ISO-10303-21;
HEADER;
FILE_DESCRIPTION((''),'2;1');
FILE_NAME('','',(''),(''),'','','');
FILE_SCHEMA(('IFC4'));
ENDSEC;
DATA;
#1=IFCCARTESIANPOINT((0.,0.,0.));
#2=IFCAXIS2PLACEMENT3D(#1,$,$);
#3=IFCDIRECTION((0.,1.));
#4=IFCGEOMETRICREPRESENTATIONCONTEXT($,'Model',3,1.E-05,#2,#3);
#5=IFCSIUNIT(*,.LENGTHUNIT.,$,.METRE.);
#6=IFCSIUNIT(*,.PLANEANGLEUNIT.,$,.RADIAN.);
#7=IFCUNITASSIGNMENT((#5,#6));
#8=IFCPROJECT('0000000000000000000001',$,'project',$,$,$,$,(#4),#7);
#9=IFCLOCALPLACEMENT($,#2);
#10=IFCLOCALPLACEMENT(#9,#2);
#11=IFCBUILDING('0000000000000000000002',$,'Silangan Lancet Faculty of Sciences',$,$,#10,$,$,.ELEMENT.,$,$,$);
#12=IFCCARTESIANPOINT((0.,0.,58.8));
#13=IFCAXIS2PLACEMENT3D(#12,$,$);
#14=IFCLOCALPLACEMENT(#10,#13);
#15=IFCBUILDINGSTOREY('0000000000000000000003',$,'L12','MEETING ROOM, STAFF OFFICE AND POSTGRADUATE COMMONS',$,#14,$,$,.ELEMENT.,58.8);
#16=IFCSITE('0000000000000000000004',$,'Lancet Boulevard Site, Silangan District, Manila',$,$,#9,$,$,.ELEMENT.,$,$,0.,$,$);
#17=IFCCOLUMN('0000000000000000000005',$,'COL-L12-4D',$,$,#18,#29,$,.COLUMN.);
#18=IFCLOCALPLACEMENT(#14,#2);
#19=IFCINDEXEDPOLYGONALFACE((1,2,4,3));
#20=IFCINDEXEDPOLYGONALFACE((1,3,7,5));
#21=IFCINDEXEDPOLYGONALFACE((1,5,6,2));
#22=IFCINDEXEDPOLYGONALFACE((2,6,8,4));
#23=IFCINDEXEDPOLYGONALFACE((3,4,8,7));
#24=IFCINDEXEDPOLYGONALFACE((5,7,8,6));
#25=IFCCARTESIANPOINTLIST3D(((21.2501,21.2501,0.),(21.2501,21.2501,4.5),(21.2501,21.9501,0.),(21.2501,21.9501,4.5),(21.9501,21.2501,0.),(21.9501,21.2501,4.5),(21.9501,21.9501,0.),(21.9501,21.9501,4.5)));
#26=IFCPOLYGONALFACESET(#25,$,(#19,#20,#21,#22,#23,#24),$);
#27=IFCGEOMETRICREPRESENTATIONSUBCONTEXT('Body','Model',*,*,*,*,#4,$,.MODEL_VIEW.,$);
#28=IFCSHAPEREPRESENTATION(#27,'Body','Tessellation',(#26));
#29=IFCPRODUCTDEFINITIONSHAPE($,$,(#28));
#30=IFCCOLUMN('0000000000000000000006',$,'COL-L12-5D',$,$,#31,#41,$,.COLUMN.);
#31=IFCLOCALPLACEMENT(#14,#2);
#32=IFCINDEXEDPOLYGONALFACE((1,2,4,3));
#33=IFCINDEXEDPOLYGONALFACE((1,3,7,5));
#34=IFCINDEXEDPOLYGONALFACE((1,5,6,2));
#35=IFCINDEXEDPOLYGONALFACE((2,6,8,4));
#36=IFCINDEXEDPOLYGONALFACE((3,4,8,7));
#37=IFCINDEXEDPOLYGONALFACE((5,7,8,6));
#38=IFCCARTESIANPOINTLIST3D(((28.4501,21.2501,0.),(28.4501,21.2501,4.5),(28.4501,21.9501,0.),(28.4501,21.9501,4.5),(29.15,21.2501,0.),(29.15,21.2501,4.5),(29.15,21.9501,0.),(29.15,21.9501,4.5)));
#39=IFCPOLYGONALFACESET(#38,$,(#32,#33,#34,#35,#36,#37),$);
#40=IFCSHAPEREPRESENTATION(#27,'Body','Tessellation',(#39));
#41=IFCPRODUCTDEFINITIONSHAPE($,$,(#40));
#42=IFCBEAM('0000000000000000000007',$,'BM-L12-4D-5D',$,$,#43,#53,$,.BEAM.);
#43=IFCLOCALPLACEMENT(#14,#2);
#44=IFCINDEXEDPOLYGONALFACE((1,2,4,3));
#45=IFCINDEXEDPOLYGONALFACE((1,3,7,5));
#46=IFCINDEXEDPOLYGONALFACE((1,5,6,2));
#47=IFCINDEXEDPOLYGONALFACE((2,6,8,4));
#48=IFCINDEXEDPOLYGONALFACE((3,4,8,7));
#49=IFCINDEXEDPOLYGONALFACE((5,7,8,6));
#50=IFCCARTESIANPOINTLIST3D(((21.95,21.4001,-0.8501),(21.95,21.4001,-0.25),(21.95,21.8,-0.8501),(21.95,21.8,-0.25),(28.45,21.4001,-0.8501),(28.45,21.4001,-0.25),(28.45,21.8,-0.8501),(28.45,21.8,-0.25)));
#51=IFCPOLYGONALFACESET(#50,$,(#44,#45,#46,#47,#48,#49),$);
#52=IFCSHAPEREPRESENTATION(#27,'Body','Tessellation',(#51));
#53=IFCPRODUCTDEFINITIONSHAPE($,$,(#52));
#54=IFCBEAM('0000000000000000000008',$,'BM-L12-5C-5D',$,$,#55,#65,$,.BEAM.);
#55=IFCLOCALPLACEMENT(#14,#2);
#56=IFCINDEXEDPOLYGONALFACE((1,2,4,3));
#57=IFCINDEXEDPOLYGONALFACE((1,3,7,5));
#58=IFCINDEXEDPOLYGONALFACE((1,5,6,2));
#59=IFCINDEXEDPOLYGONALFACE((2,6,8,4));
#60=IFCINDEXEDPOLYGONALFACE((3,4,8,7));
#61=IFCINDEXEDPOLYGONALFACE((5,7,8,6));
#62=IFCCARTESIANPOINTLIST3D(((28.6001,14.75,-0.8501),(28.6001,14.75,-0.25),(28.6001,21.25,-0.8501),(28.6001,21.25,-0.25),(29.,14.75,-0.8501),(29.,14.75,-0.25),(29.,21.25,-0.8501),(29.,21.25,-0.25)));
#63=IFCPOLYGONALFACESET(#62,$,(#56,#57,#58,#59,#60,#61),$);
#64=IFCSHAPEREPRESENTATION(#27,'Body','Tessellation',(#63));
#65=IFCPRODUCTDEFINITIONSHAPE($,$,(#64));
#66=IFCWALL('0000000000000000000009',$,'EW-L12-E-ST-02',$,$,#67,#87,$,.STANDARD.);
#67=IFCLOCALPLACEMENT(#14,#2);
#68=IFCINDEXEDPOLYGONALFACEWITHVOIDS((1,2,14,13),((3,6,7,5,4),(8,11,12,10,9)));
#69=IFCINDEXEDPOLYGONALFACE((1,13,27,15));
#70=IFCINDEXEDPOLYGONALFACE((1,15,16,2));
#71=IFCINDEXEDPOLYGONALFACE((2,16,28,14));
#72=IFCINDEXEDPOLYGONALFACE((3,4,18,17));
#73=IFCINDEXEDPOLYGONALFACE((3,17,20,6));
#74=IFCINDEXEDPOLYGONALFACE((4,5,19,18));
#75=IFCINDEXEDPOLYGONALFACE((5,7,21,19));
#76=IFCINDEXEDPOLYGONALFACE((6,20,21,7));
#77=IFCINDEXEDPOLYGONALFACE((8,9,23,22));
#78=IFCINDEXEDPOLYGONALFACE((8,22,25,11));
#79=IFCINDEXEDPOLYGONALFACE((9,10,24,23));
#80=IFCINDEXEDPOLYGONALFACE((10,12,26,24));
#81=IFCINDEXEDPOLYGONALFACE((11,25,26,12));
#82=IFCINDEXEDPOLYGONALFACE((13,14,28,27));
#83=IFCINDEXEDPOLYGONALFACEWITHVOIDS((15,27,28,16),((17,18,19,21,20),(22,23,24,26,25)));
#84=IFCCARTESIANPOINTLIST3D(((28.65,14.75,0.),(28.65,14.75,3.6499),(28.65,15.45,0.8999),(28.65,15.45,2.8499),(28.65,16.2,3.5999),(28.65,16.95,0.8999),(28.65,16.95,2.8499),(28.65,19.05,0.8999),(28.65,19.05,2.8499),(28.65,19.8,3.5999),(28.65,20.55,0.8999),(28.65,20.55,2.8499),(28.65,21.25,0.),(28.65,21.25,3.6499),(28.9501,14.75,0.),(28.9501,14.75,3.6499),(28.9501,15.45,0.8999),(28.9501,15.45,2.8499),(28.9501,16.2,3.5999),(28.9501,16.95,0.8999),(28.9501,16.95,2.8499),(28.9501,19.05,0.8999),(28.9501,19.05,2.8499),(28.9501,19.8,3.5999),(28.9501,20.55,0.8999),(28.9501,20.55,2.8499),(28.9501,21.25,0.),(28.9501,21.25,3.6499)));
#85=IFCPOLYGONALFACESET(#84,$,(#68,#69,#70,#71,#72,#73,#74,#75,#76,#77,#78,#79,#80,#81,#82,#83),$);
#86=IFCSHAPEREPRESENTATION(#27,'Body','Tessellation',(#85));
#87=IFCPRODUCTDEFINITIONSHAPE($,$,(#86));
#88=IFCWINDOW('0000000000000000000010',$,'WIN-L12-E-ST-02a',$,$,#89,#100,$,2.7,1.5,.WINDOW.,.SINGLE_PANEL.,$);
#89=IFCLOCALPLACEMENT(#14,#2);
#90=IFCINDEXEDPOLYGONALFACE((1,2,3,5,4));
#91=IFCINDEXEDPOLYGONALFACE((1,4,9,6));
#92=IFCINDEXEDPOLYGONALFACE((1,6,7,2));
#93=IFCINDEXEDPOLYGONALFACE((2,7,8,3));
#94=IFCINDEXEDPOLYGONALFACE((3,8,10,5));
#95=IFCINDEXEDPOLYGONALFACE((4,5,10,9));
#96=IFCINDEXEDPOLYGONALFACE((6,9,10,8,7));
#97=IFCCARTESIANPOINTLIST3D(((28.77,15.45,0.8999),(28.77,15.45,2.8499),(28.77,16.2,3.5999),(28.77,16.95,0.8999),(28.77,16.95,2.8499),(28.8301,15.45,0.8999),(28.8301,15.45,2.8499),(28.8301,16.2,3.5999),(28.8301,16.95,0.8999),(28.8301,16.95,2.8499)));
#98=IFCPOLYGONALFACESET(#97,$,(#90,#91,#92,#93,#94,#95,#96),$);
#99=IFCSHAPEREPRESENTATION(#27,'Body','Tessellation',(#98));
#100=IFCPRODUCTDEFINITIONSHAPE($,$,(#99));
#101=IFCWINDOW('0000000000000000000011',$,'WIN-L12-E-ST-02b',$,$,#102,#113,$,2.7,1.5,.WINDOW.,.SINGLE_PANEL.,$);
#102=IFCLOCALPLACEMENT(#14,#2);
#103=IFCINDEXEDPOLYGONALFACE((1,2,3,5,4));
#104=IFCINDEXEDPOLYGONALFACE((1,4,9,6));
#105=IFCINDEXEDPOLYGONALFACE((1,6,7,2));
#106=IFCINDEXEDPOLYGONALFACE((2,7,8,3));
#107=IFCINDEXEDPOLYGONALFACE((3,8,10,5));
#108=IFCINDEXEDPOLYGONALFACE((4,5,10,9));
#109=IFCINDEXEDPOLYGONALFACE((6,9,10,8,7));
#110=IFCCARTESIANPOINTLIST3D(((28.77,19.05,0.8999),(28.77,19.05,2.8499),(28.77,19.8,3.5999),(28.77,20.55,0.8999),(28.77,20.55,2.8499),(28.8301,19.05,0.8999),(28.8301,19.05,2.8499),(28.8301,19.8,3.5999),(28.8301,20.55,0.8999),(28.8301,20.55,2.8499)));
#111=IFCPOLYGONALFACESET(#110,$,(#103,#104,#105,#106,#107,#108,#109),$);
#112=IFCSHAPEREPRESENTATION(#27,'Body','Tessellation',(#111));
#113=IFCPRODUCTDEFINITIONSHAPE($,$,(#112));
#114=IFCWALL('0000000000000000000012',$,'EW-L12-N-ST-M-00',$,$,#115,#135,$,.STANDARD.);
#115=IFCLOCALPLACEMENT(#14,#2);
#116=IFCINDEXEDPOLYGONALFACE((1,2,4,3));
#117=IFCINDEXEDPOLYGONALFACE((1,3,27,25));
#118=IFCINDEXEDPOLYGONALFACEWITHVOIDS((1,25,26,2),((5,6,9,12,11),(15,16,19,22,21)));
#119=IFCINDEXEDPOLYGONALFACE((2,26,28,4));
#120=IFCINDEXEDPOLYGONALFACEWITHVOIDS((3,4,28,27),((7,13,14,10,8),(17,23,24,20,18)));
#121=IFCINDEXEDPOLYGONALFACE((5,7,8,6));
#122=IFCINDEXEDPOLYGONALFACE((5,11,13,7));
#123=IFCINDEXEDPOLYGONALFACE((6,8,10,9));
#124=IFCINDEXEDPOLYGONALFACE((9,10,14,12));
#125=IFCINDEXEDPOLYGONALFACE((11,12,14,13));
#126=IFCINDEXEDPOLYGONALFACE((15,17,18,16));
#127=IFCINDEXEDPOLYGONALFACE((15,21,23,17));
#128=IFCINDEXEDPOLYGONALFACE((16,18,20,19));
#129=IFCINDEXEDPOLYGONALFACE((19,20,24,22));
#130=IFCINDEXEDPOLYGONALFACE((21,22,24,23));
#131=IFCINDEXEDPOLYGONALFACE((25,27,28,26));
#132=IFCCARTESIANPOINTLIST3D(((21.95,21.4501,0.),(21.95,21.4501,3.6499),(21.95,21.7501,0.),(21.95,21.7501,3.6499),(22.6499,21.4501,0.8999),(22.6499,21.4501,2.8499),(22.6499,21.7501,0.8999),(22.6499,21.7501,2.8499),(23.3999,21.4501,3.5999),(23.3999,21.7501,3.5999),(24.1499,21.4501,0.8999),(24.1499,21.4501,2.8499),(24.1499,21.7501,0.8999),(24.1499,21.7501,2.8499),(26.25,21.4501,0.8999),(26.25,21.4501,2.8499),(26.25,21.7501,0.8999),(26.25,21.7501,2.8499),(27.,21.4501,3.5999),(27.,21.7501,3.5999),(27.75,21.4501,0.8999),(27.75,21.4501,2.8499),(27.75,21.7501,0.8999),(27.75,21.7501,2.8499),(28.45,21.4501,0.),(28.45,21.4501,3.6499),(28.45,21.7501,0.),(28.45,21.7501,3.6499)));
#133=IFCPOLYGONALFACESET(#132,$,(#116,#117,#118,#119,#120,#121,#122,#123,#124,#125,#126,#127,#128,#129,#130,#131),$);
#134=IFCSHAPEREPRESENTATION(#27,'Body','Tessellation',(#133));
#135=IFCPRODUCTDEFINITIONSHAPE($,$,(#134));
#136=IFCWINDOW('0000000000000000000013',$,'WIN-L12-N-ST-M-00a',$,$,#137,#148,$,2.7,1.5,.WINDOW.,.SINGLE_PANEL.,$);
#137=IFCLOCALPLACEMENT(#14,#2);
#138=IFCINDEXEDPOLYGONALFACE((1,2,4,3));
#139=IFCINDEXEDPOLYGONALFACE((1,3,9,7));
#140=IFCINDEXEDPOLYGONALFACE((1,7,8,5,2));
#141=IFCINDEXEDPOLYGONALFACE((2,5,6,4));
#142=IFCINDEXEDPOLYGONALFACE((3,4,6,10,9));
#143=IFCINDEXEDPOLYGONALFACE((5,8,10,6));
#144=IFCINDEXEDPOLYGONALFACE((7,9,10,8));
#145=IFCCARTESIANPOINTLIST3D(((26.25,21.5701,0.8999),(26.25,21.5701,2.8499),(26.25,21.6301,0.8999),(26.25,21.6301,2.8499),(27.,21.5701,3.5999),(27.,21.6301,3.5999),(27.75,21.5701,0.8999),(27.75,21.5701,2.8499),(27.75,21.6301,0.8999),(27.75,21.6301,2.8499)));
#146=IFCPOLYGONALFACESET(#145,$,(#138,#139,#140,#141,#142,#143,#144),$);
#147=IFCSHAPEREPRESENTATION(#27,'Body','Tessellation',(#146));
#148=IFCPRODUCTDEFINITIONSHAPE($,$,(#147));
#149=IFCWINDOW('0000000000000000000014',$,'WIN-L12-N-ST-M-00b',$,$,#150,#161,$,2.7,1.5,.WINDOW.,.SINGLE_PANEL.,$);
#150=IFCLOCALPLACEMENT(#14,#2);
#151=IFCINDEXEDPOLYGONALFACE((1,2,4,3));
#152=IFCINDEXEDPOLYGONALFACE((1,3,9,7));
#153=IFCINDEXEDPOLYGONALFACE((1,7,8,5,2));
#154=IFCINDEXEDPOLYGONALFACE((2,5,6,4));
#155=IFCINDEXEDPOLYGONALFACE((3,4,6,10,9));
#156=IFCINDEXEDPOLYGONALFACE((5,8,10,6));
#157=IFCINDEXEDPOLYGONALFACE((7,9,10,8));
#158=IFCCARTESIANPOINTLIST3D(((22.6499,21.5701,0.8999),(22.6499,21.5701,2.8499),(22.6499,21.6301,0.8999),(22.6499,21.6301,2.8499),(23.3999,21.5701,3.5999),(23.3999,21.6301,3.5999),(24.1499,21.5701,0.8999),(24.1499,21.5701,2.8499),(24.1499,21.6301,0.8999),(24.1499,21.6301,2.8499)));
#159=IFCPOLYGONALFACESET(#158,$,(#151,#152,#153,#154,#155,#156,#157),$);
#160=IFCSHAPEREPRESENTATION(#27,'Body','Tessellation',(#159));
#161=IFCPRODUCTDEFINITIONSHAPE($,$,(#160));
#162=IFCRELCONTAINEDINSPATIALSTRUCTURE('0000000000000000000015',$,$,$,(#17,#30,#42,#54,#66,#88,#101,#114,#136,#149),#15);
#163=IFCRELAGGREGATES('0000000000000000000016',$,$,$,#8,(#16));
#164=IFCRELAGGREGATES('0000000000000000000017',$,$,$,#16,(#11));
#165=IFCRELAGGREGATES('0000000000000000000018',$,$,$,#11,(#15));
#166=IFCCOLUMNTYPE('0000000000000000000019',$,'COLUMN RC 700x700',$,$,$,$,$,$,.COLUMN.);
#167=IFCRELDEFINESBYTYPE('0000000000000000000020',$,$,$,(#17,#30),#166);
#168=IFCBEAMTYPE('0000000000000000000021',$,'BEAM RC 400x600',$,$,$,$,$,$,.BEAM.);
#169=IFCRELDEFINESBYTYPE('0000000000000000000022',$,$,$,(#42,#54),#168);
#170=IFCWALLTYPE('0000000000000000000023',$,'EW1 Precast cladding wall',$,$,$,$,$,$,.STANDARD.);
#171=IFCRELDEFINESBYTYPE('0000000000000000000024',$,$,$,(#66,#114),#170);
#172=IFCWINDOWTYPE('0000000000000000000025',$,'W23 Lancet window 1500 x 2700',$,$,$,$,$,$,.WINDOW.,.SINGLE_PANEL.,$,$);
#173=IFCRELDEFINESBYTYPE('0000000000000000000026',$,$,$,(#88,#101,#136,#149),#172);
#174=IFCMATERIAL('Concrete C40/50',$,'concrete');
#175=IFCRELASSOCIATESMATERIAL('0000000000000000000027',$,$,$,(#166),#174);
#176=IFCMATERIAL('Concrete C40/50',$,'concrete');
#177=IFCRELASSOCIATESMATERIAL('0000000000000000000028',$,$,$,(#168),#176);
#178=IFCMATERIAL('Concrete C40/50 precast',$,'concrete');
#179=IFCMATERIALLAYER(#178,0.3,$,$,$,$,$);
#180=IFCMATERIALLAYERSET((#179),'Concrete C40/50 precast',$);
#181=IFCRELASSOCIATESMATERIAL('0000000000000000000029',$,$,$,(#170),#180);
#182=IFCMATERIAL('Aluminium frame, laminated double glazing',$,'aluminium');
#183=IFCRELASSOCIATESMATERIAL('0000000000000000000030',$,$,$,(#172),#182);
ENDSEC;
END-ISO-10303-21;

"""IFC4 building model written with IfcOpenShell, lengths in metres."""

from ifc_helpers import new_model, si_unit, direction, frame, frame_2d, origin, origin_2d, place, context, subcontext, project, spatial, polyline, rectangle, outline, extrude, material, layer, layer_set, material_profile, profile_set, type_object, element, fill, save


model = new_model("IFC4")

# Units and contexts
model_context = context("Model", 3, precision=1e-05, world=origin(), true_north=direction((0.0, 1.0)))
body_context = subcontext(model_context, "Body", "Model", "MODEL_VIEW")
ifc_project = project(units=[si_unit("LENGTHUNIT", "METRE"), si_unit("PLANEANGLEUNIT", "RADIAN")], contexts=[model_context])

# Site, building, storey
site_placement = place(None, origin())
site = spatial("IfcSite", under=ifc_project, at=site_placement, Name="Lancet Boulevard Site, Silangan District, Manila", CompositionType="ELEMENT", RefElevation=0.0)
building_placement = place(site_placement, origin())
building = spatial("IfcBuilding", under=site, at=building_placement, Name="Silangan Lancet Faculty of Sciences", CompositionType="ELEMENT")
storey_placement = place(building_placement, frame((0.0, 0.0, 58.8)))
storey = spatial("IfcBuildingStorey", under=building, at=storey_placement, Name="L12", Description="MEETING ROOM, STAFF OFFICE AND POSTGRADUATE COMMONS", CompositionType="ELEMENT", Elevation=58.8)

# Columns
ifc_material_1 = material(Name="Concrete C40/50", Category="concrete")
ifc_material_profile_1 = material_profile(ifc_material_1, rectangle(XDim=0.7, YDim=0.7, at=origin_2d()), Name="RC 700x700")
ifc_profile_set_1 = profile_set([ifc_material_profile_1], Name="Concrete C40/50")
column_type = type_object("IfcColumnType", Name="COLUMN RC 700x700", PredefinedType="COLUMN", material=ifc_profile_set_1)
for number, where, z_axis, x_axis, name in (
    (1, (21.6001, 21.6001, 0.0), (0.0, 0.0, 1.0), (1.0, 0.0, 0.0), "COL-L12-4D"),
    (2, (28.8, 21.6001, 0.0), (0.0, 0.0, 1.0), (1.0, 0.0, 0.0), "COL-L12-5D"),
):
    element("IfcColumn", number, at=place(storey_placement, frame(where, z_axis=z_axis, x_axis=x_axis)), inside=storey, type_object=column_type, Name=name, PredefinedType="COLUMN", context=body_context, shape_type="SweptSolid", body=[
        extrude(rectangle(XDim=0.7, YDim=0.7, at=origin_2d()), origin(), (0.0, 0.0, 1.0), 4.5),
    ])

# Beams
ifc_material_2 = material(Name="Concrete C40/50", Category="concrete")
ifc_material_profile_2 = material_profile(ifc_material_2, rectangle(XDim=0.3999, YDim=0.6001, at=origin_2d()), Name="RC 400x600")
ifc_profile_set_2 = profile_set([ifc_material_profile_2], Name="Concrete C40/50")
beam_type = type_object("IfcBeamType", Name="BEAM RC 400x600", PredefinedType="BEAM", material=ifc_profile_set_2)
for number, where, z_axis, x_axis, name in (
    (3, (21.95, 21.6001, -0.55), (1.0, 0.0, 0.0), (0.0, 1.0, 0.0), "BM-L12-4D-5D"),
    (4, (28.8, 14.75, -0.55), (0.0, 1.0, 0.0), (-1.0, 0.0, 0.0), "BM-L12-5C-5D"),
):
    element("IfcBeam", number, at=place(storey_placement, frame(where, z_axis=z_axis, x_axis=x_axis)), inside=storey, type_object=beam_type, Name=name, PredefinedType="BEAM", context=body_context, shape_type="SweptSolid", body=[
        extrude(rectangle(XDim=0.3999, YDim=0.6001, at=origin_2d()), origin(), (0.0, 0.0, 1.0), 6.5),
    ])

# Walls, openings, windows
ifc_material_3 = material(Name="Concrete C40/50 precast", Category="concrete")
ifc_layer_1 = layer(ifc_material_3, 0.3)
ifc_layer_set_1 = layer_set([ifc_layer_1], Name="Concrete C40/50 precast")
wall_type_1 = type_object("IfcWallType", Name="EW1 Precast cladding wall", PredefinedType="STANDARD", material=ifc_layer_set_1)
wall_1_placement = place(storey_placement, frame((28.8, 14.75, 0.0), z_axis=(0.0, 0.0, 1.0), x_axis=(0.0, 1.0, 0.0)))
wall_1 = element("IfcWall", 5, at=wall_1_placement, inside=storey, type_object=wall_type_1, Name="EW-L12-E-ST-02", PredefinedType="STANDARD", context=body_context, shape_type="SweptSolid", body=[
    extrude(rectangle(XDim=6.5, YDim=0.3, at=frame_2d((3.25, 0.0))), origin(), (0.0, 0.0, 1.0), 3.6499),
])
opening_1_placement = place(wall_1_placement, frame((0.7, 0.0, 0.8999)))
opening_1 = element("IfcOpeningElement", 6, at=opening_1_placement, cuts=wall_1, PredefinedType="OPENING", context=body_context, shape_type="SweptSolid", body=[
    extrude(outline(polyline([(0.0, 0.0), (1.5, 0.0), (1.5, 1.95), (0.75, 2.7), (0.0, 1.95), (0.0, 0.0)])), frame((0.0, 0.1599, 0.0), z_axis=(0.0, -1.0, 0.0), x_axis=(1.0, 0.0, 0.0)), (0.0, 0.0, 1.0), 0.3201),
])
opening_2_placement = place(wall_1_placement, frame((4.3, 0.0, 0.8999)))
opening_2 = element("IfcOpeningElement", 7, at=opening_2_placement, cuts=wall_1, PredefinedType="OPENING", context=body_context, shape_type="SweptSolid", body=[
    extrude(outline(polyline([(0.0, 0.0), (1.5, 0.0), (1.5, 1.95), (0.75, 2.7), (0.0, 1.95), (0.0, 0.0)])), frame((0.0, 0.1599, 0.0), z_axis=(0.0, -1.0, 0.0), x_axis=(1.0, 0.0, 0.0)), (0.0, 0.0, 1.0), 0.3201),
])
ifc_material_4 = material(Name="Aluminium frame, laminated double glazing", Category="aluminium")
window_type = type_object("IfcWindowType", Name="W23 Lancet window 1500 x 2700", PartitioningType="SINGLE_PANEL", PredefinedType="WINDOW", material=ifc_material_4)
window_1_placement = place(opening_1_placement, origin())
window_1 = element("IfcWindow", 8, at=window_1_placement, inside=storey, type_object=window_type, Name="WIN-L12-E-ST-02a", OverallHeight=2.7, OverallWidth=1.5, PartitioningType="SINGLE_PANEL", PredefinedType="WINDOW", context=body_context, shape_type="SweptSolid", body=[
    extrude(outline(polyline([(0.0, 0.0), (1.5, 0.0), (1.5, 1.95), (0.75, 2.7), (0.0, 1.95), (0.0, 0.0)])), frame((0.0, 0.03, 0.0), z_axis=(0.0, -1.0, 0.0), x_axis=(1.0, 0.0, 0.0)), (0.0, 0.0, 1.0), 0.0601),
])
fill(opening_1, window_1)
window_2_placement = place(opening_2_placement, origin())
window_2 = element("IfcWindow", 9, at=window_2_placement, inside=storey, type_object=window_type, Name="WIN-L12-E-ST-02b", OverallHeight=2.7, OverallWidth=1.5, PartitioningType="SINGLE_PANEL", PredefinedType="WINDOW", context=body_context, shape_type="SweptSolid", body=[
    extrude(outline(polyline([(0.0, 0.0), (1.5, 0.0), (1.5, 1.95), (0.75, 2.7), (0.0, 1.95), (0.0, 0.0)])), frame((0.0, 0.03, 0.0), z_axis=(0.0, -1.0, 0.0), x_axis=(1.0, 0.0, 0.0)), (0.0, 0.0, 1.0), 0.0601),
])
fill(opening_2, window_2)
wall_2_placement = place(storey_placement, frame((28.45, 21.6001, 0.0), z_axis=(0.0, 0.0, 1.0), x_axis=(-1.0, 0.0, 0.0)))
wall_2 = element("IfcWall", 10, at=wall_2_placement, inside=storey, type_object=wall_type_1, Name="EW-L12-N-ST-M-00", PredefinedType="STANDARD", context=body_context, shape_type="SweptSolid", body=[
    extrude(rectangle(XDim=6.5, YDim=0.3, at=frame_2d((3.25, 0.0))), origin(), (0.0, 0.0, 1.0), 3.6499),
])
opening_3_placement = place(wall_2_placement, frame((0.7, 0.0, 0.8999)))
opening_3 = element("IfcOpeningElement", 11, at=opening_3_placement, cuts=wall_2, PredefinedType="OPENING", context=body_context, shape_type="SweptSolid", body=[
    extrude(outline(polyline([(0.0, 0.0), (1.5, 0.0), (1.5, 1.95), (0.75, 2.7), (0.0, 1.95), (0.0, 0.0)])), frame((0.0, 0.1599, 0.0), z_axis=(0.0, -1.0, 0.0), x_axis=(1.0, 0.0, 0.0)), (0.0, 0.0, 1.0), 0.3201),
])
opening_4_placement = place(wall_2_placement, frame((4.3, 0.0, 0.8999)))
opening_4 = element("IfcOpeningElement", 12, at=opening_4_placement, cuts=wall_2, PredefinedType="OPENING", context=body_context, shape_type="SweptSolid", body=[
    extrude(outline(polyline([(0.0, 0.0), (1.5, 0.0), (1.5, 1.95), (0.75, 2.7), (0.0, 1.95), (0.0, 0.0)])), frame((0.0, 0.1599, 0.0), z_axis=(0.0, -1.0, 0.0), x_axis=(1.0, 0.0, 0.0)), (0.0, 0.0, 1.0), 0.3201),
])
window_3_placement = place(opening_3_placement, origin())
window_3 = element("IfcWindow", 13, at=window_3_placement, inside=storey, type_object=window_type, Name="WIN-L12-N-ST-M-00a", OverallHeight=2.7, OverallWidth=1.5, PartitioningType="SINGLE_PANEL", PredefinedType="WINDOW", context=body_context, shape_type="SweptSolid", body=[
    extrude(outline(polyline([(0.0, 0.0), (1.5, 0.0), (1.5, 1.95), (0.75, 2.7), (0.0, 1.95), (0.0, 0.0)])), frame((0.0, 0.03, 0.0), z_axis=(0.0, -1.0, 0.0), x_axis=(1.0, 0.0, 0.0)), (0.0, 0.0, 1.0), 0.0601),
])
fill(opening_3, window_3)
window_4_placement = place(opening_4_placement, origin())
window_4 = element("IfcWindow", 14, at=window_4_placement, inside=storey, type_object=window_type, Name="WIN-L12-N-ST-M-00b", OverallHeight=2.7, OverallWidth=1.5, PartitioningType="SINGLE_PANEL", PredefinedType="WINDOW", context=body_context, shape_type="SweptSolid", body=[
    extrude(outline(polyline([(0.0, 0.0), (1.5, 0.0), (1.5, 1.95), (0.75, 2.7), (0.0, 1.95), (0.0, 0.0)])), frame((0.0, 0.03, 0.0), z_axis=(0.0, -1.0, 0.0), x_axis=(1.0, 0.0, 0.0)), (0.0, 0.0, 1.0), 0.0601),
])
fill(opening_4, window_4)

save(model, "model.ifc")
